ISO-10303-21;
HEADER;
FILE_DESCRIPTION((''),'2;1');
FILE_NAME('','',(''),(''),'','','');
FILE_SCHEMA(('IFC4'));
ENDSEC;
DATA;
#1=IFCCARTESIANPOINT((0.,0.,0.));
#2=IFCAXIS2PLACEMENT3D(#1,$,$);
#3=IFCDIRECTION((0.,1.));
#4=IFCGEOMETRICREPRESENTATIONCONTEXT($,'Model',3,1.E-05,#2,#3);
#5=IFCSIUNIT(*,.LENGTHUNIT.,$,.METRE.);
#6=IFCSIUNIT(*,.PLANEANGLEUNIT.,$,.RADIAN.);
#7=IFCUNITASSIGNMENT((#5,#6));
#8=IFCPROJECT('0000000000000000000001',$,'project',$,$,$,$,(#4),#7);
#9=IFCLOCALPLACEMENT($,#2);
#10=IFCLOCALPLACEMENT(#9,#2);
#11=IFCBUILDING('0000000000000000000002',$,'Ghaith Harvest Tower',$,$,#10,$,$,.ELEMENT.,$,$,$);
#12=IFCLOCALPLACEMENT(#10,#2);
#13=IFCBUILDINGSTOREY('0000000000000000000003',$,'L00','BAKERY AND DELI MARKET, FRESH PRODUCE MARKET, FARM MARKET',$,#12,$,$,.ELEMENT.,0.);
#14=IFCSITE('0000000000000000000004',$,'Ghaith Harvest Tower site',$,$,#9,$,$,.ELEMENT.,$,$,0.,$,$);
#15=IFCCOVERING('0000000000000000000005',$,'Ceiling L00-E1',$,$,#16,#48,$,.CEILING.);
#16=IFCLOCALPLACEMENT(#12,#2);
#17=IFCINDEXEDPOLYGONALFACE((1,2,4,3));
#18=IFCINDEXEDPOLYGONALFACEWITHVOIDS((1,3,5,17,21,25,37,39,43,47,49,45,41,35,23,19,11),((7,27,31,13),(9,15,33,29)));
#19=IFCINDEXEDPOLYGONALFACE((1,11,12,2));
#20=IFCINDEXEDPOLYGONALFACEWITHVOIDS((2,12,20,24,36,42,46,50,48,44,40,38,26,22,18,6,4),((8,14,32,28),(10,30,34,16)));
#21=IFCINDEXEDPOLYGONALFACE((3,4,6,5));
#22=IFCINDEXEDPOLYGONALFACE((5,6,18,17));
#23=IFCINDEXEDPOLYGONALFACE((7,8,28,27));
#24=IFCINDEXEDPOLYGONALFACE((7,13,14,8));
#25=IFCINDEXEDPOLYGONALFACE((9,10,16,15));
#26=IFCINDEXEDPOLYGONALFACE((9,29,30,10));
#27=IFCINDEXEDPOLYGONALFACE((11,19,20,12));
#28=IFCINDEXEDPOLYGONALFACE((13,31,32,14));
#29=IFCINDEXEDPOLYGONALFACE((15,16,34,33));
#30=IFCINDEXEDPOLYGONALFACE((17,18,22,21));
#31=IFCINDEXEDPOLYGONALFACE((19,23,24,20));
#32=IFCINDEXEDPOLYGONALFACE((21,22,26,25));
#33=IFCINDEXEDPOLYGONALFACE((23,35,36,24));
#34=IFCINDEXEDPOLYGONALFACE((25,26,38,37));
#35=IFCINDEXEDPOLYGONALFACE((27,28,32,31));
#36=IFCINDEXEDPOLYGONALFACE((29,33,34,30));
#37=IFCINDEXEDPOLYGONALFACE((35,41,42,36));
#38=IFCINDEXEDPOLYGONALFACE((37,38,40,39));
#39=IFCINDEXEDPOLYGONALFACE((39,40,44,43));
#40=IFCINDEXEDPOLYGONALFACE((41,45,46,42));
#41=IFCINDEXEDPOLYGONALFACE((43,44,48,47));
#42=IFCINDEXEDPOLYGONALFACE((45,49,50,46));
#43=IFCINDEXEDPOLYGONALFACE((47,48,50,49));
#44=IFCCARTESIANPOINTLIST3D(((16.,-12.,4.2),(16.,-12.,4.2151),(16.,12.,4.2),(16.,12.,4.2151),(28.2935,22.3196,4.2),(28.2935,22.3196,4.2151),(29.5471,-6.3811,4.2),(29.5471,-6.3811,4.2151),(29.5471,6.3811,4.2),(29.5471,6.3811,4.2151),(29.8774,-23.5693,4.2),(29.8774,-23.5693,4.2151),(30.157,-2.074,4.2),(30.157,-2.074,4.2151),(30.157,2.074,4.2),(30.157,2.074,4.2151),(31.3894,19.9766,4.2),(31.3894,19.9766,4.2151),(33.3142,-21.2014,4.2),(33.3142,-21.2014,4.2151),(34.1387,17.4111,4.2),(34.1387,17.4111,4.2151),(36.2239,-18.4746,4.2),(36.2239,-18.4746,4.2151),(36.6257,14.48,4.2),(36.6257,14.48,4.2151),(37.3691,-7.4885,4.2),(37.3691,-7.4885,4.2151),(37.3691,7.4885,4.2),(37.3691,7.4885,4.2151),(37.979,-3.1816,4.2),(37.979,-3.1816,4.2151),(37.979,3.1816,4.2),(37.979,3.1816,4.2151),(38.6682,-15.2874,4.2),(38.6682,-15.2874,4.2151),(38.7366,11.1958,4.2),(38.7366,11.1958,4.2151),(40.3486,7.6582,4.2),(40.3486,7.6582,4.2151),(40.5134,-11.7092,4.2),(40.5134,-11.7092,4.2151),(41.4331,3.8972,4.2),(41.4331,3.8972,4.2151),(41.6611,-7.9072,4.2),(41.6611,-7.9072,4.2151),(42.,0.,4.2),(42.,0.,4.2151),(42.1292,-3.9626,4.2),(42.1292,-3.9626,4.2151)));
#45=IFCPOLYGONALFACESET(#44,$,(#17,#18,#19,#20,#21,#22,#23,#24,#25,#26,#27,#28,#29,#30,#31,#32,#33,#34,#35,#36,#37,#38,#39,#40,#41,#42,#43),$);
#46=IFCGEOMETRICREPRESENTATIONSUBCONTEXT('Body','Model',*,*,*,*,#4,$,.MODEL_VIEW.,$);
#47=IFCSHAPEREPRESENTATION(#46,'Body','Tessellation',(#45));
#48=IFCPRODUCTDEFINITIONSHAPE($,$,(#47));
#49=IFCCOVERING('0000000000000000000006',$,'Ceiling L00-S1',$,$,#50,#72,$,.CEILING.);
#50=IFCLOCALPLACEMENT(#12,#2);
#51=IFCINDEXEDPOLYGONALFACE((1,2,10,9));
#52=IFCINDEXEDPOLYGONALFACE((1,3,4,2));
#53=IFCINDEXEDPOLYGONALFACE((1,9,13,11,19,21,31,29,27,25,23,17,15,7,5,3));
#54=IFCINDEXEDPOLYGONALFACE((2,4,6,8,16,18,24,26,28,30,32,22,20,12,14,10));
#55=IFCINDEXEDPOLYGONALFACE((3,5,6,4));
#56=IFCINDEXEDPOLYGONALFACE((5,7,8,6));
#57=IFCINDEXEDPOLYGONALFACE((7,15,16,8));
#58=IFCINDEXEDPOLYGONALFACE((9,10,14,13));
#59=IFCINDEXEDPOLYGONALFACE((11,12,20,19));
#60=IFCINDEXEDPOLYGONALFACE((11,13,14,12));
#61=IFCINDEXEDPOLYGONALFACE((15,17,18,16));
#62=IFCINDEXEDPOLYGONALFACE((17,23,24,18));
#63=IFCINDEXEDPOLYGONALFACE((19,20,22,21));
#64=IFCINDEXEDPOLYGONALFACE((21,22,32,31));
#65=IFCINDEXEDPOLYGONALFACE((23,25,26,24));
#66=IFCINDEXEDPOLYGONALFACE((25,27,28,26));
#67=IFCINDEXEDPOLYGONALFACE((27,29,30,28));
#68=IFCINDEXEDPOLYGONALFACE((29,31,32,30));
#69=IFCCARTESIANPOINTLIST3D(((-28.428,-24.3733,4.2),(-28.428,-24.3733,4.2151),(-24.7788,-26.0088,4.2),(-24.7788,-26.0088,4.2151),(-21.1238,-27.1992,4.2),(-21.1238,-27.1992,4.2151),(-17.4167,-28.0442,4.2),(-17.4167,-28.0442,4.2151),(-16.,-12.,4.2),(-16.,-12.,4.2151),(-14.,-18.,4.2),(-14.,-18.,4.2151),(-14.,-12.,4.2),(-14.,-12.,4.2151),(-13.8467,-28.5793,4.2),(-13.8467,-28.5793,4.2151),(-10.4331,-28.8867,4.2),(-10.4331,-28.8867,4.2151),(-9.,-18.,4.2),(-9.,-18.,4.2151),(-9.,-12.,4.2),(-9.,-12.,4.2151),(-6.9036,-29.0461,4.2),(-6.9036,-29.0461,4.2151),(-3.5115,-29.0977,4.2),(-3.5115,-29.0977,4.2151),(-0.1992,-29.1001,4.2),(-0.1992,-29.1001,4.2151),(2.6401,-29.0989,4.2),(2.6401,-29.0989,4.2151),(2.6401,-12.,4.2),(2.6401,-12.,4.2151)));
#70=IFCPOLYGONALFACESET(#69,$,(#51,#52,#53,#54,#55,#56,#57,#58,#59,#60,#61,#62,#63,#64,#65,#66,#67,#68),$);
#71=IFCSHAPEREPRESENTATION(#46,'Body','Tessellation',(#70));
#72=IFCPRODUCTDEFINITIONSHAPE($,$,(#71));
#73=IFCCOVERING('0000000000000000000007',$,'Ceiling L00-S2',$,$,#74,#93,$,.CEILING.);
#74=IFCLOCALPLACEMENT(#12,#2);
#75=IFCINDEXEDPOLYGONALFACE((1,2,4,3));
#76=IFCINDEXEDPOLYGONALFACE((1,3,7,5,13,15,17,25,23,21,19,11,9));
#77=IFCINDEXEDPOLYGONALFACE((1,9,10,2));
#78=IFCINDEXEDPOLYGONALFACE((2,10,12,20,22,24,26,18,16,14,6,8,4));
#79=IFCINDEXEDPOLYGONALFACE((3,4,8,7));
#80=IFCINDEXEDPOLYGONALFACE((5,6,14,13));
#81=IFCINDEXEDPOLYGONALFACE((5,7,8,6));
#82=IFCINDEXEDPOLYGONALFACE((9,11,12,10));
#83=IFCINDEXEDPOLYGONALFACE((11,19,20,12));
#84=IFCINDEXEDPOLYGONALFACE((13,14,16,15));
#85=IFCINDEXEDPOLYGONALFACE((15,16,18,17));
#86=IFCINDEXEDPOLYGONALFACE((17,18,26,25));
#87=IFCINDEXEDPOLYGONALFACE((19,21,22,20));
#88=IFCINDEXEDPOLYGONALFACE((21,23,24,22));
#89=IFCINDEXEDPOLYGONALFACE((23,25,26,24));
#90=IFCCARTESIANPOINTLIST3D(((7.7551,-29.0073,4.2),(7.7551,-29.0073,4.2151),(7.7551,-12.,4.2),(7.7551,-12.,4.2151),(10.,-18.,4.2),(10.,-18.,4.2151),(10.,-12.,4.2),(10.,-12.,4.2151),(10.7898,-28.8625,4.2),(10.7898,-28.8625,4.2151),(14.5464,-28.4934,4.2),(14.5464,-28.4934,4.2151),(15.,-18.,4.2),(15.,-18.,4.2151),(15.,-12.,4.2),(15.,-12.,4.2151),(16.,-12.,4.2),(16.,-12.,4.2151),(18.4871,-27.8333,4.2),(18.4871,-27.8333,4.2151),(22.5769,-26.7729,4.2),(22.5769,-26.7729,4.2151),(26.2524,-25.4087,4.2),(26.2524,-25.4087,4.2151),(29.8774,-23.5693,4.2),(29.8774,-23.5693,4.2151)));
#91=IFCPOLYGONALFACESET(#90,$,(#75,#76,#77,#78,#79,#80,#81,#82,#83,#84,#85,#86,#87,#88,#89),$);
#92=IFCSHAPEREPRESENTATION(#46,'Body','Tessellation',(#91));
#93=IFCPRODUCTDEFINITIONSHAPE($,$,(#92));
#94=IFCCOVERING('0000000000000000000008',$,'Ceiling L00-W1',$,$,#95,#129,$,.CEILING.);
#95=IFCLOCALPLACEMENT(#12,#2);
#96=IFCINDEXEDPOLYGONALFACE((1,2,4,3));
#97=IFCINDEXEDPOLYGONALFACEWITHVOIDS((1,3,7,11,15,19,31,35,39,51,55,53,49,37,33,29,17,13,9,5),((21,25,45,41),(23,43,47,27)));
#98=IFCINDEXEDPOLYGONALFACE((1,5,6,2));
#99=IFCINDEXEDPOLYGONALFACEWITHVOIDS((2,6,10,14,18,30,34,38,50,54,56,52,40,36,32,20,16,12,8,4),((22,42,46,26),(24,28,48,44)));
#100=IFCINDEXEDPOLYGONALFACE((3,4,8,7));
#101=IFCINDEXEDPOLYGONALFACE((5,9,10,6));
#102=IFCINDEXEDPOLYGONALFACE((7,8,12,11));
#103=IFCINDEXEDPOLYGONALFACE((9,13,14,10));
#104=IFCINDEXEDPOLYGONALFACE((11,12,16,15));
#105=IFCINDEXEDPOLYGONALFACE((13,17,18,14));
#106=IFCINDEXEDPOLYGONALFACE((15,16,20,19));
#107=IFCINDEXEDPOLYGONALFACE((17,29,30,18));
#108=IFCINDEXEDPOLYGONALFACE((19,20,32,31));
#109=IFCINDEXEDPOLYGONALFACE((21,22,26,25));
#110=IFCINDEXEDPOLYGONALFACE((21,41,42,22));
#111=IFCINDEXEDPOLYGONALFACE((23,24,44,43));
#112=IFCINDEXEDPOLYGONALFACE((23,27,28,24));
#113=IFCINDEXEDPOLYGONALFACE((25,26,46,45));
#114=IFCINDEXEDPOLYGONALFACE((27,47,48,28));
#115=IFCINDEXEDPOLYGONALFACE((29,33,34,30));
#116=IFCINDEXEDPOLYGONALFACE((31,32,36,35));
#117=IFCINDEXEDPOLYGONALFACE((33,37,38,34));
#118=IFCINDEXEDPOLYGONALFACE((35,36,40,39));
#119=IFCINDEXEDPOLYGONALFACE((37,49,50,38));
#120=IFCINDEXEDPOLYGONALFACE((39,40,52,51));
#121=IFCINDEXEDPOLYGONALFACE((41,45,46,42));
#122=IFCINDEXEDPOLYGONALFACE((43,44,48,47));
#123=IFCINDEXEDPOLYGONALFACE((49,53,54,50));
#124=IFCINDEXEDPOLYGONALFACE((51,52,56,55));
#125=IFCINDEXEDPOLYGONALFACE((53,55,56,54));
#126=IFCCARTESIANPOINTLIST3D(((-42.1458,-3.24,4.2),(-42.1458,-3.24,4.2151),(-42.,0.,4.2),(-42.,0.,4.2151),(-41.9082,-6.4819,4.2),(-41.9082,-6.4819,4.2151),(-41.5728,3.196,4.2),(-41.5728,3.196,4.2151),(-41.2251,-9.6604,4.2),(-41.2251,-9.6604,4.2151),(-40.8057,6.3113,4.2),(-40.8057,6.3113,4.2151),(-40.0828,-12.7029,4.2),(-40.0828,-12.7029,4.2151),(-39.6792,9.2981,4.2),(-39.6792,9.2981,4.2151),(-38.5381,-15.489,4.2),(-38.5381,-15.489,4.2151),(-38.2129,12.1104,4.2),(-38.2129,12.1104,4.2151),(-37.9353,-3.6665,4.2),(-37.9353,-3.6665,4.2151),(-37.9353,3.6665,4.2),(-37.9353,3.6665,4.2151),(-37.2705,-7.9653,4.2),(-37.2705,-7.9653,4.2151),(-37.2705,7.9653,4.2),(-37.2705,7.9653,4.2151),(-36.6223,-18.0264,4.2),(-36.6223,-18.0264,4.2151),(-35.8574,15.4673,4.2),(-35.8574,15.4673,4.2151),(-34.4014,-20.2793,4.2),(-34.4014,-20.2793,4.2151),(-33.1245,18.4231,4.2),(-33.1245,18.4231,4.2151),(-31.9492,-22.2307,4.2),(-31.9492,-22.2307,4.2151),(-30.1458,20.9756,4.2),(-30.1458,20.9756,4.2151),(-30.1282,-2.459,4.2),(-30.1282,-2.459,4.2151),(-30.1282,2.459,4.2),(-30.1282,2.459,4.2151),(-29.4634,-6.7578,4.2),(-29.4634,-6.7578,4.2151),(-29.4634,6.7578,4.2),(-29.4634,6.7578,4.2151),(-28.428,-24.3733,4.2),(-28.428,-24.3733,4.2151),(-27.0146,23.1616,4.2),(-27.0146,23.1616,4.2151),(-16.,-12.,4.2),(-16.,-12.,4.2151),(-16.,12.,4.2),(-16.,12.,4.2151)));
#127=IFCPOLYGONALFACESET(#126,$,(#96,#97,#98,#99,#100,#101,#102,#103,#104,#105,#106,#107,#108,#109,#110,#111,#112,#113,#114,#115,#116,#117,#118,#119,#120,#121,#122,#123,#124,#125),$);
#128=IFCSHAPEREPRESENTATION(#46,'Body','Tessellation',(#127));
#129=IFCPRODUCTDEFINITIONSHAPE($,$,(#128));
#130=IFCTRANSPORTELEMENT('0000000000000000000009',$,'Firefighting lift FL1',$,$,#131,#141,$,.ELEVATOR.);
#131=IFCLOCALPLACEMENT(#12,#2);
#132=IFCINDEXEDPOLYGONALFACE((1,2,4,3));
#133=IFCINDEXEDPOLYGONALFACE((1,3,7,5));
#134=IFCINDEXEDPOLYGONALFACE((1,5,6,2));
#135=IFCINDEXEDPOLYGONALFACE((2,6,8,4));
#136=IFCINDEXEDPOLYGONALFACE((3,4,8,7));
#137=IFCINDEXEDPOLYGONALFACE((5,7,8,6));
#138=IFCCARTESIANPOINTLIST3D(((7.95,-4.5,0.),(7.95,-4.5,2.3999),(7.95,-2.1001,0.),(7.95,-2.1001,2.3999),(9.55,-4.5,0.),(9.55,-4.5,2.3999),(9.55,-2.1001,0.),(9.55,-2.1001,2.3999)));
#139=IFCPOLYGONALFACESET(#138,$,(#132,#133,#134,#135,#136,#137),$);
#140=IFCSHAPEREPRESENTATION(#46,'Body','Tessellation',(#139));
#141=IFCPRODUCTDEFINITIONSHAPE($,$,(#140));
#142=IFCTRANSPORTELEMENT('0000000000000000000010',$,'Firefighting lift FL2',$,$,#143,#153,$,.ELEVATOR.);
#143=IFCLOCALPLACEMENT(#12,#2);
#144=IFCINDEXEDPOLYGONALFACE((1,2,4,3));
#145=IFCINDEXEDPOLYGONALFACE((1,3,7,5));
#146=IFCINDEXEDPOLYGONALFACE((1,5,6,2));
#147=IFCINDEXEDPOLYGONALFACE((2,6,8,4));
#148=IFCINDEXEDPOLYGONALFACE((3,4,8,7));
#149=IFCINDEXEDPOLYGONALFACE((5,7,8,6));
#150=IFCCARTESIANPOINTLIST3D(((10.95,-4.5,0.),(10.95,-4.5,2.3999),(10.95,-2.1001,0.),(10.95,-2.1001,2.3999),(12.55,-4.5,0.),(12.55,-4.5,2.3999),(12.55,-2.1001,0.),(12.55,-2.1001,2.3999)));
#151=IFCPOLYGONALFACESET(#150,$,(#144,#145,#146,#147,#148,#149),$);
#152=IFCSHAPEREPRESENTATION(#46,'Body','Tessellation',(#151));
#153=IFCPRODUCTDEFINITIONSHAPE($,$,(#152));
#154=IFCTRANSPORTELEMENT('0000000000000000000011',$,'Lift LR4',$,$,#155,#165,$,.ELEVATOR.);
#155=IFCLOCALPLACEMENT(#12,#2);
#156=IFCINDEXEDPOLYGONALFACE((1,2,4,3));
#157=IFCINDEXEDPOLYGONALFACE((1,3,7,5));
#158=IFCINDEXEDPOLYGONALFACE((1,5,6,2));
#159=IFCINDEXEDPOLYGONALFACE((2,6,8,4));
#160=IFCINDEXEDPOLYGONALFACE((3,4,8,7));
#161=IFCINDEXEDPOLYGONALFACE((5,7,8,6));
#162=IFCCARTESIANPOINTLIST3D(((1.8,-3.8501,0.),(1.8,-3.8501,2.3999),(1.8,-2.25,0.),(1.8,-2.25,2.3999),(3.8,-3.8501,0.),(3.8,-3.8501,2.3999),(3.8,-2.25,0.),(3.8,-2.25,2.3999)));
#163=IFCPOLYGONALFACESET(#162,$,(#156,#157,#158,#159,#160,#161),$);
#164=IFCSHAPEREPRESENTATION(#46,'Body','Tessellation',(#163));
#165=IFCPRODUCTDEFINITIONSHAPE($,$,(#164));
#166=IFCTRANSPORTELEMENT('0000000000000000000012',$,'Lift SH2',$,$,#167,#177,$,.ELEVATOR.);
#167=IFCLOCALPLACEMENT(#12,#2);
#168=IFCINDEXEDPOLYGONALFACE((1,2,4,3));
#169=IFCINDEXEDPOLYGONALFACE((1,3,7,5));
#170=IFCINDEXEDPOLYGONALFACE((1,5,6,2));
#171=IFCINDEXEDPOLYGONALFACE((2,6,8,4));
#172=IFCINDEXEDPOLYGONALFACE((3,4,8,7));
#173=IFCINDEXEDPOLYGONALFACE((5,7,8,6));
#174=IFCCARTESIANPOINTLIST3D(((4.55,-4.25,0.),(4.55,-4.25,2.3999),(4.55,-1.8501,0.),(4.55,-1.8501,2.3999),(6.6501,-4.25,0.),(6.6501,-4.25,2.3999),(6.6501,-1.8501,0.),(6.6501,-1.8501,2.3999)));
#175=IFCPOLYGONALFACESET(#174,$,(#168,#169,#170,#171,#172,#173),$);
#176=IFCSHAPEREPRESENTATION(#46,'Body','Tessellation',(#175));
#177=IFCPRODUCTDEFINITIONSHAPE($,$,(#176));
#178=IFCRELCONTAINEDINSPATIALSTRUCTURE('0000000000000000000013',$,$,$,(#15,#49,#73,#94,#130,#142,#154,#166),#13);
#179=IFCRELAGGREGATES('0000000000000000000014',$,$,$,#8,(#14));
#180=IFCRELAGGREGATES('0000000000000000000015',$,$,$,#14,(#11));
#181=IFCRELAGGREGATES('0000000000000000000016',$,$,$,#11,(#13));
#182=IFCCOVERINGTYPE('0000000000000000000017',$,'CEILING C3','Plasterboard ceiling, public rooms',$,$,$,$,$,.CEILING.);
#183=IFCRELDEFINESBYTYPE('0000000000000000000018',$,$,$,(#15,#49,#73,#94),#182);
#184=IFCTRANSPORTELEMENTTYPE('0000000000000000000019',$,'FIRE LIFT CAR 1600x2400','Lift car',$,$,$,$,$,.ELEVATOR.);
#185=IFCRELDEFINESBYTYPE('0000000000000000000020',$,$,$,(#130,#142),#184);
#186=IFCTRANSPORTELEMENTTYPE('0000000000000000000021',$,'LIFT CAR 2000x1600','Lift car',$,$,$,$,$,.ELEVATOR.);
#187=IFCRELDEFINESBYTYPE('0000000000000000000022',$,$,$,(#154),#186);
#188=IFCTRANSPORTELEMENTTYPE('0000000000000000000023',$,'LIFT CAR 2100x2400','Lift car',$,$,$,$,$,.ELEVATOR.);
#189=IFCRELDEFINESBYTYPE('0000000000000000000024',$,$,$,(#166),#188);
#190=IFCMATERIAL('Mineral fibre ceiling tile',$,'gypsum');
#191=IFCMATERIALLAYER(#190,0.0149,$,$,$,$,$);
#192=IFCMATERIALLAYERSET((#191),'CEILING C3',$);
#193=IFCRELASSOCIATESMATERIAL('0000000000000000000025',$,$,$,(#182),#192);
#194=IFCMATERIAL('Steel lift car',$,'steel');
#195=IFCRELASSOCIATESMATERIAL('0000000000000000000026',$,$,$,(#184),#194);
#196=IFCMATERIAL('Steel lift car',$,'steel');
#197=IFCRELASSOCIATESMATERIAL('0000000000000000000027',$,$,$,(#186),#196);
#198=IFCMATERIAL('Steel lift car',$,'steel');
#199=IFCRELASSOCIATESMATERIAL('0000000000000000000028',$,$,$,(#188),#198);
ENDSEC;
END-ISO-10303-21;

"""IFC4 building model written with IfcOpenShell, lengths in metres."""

from ifc_helpers import new_model, si_unit, direction, frame, origin, origin_2d, place, context, subcontext, project, spatial, polyline, rectangle, outline, extrude, material, layer, layer_set, type_object, element, save


model = new_model("IFC4")

# Units and contexts
model_context = context("Model", 3, precision=1e-05, world=origin(), true_north=direction((0.0, 1.0)))
body_context = subcontext(model_context, "Body", "Model", "MODEL_VIEW")
ifc_project = project(units=[si_unit("LENGTHUNIT", "METRE"), si_unit("PLANEANGLEUNIT", "RADIAN")], contexts=[model_context])

# Site, building, storey
site_placement = place(None, origin())
site = spatial("IfcSite", under=ifc_project, at=site_placement, Name="Ghaith Harvest Tower site", CompositionType="ELEMENT", RefElevation=0.0)
building_placement = place(site_placement, origin())
building = spatial("IfcBuilding", under=site, at=building_placement, Name="Ghaith Harvest Tower", CompositionType="ELEMENT")
storey_placement = place(building_placement, origin())
storey = spatial("IfcBuildingStorey", under=building, at=storey_placement, Name="L00", Description="BAKERY AND DELI MARKET, FRESH PRODUCE MARKET, FARM MARKET", CompositionType="ELEMENT", Elevation=0.0)

# Coverings
ifc_material_1 = material(Name="Mineral fibre ceiling tile", Category="gypsum")
ifc_layer_1 = layer(ifc_material_1, 0.0149)
ifc_layer_set_1 = layer_set([ifc_layer_1], Name="CEILING C3")
covering_type = type_object("IfcCoveringType", Name="CEILING C3", Description="Plasterboard ceiling, public rooms", PredefinedType="CEILING", material=ifc_layer_set_1)
covering_1_placement = place(storey_placement, frame((0.0, 0.0, 4.2)))
element("IfcCovering", 1, at=covering_1_placement, inside=storey, type_object=covering_type, Name="Ceiling L00-E1", PredefinedType="CEILING", context=body_context, shape_type="SweptSolid", body=[
    extrude(outline(polyline([(16.0, -12.0), (16.0, 12.0), (28.2935, 22.3196), (31.3894, 19.9766), (34.1387, 17.4111), (36.6257, 14.48), (38.7366, 11.1958), (40.3486, 7.6582), (41.4331, 3.8972), (42.0, 0.0), (42.1292, -3.9626), (41.6611, -7.9072), (40.5134, -11.7092), (38.6682, -15.2874), (36.2239, -18.4746), (33.3142, -21.2014), (29.8774, -23.5693), (16.0, -12.0)]), holes=[polyline([(29.5471, 6.3811), (30.157, 2.074), (37.979, 3.1816), (37.3691, 7.4885), (29.5471, 6.3811)]), polyline([(29.5471, -6.3811), (37.3691, -7.4885), (37.979, -3.1816), (30.157, -2.074), (29.5471, -6.3811)])]), origin(), (0.0, 0.0, 1.0), 0.0151),
])
covering_2_placement = place(storey_placement, frame((0.0, 0.0, 4.2)))
element("IfcCovering", 2, at=covering_2_placement, inside=storey, type_object=covering_type, Name="Ceiling L00-S1", PredefinedType="CEILING", context=body_context, shape_type="SweptSolid", body=[
    extrude(outline(polyline([(-14.0, -18.0), (-9.0, -18.0), (-9.0, -12.0), (2.6401, -12.0), (2.6401, -29.0989), (-0.1992, -29.1001), (-3.5115, -29.0977), (-6.9036, -29.0461), (-10.4331, -28.8867), (-13.8467, -28.5793), (-17.4167, -28.0442), (-21.1238, -27.1992), (-24.7788, -26.0088), (-28.428, -24.3733), (-16.0, -12.0), (-14.0, -12.0), (-14.0, -18.0)])), origin(), (0.0, 0.0, 1.0), 0.0151),
])
covering_3_placement = place(storey_placement, frame((0.0, 0.0, 4.2)))
element("IfcCovering", 3, at=covering_3_placement, inside=storey, type_object=covering_type, Name="Ceiling L00-S2", PredefinedType="CEILING", context=body_context, shape_type="SweptSolid", body=[
    extrude(outline(polyline([(7.7551, -29.0073), (7.7551, -12.0), (10.0, -12.0), (10.0, -18.0), (15.0, -18.0), (15.0, -12.0), (16.0, -12.0), (29.8774, -23.5693), (26.2524, -25.4087), (22.5769, -26.7729), (18.4871, -27.8333), (14.5464, -28.4934), (10.7898, -28.8625), (7.7551, -29.0073)])), origin(), (0.0, 0.0, 1.0), 0.0151),
])
covering_4_placement = place(storey_placement, frame((0.0, 0.0, 4.2)))
element("IfcCovering", 4, at=covering_4_placement, inside=storey, type_object=covering_type, Name="Ceiling L00-W1", PredefinedType="CEILING", context=body_context, shape_type="SweptSolid", body=[
    extrude(outline(polyline([(-16.0, 12.0), (-16.0, -12.0), (-28.428, -24.3733), (-31.9492, -22.2307), (-34.4014, -20.2793), (-36.6223, -18.0264), (-38.5381, -15.489), (-40.0828, -12.7029), (-41.2251, -9.6604), (-41.9082, -6.4819), (-42.1458, -3.24), (-42.0, 0.0), (-41.5728, 3.196), (-40.8057, 6.3113), (-39.6792, 9.2981), (-38.2129, 12.1104), (-35.8574, 15.4673), (-33.1245, 18.4231), (-30.1458, 20.9756), (-27.0146, 23.1616), (-16.0, 12.0)]), holes=[polyline([(-37.9353, 3.6665), (-30.1282, 2.459), (-29.4634, 6.7578), (-37.2705, 7.9653), (-37.9353, 3.6665)]), polyline([(-37.9353, -3.6665), (-37.2705, -7.9653), (-29.4634, -6.7578), (-30.1282, -2.459), (-37.9353, -3.6665)])]), origin(), (0.0, 0.0, 1.0), 0.0151),
])

# Transport elements
ifc_material_2 = material(Name="Steel lift car", Category="steel")
transport_element_type_1 = type_object("IfcTransportElementType", Name="FIRE LIFT CAR 1600x2400", Description="Lift car", PredefinedType="ELEVATOR", material=ifc_material_2)
for number, where, z_axis, x_axis, name in (
    (5, (8.75, -3.3, 0.0), (0.0, 0.0, 1.0), (1.0, 0.0, 0.0), "Firefighting lift FL1"),
    (6, (11.75, -3.3, 0.0), (0.0, 0.0, 1.0), (1.0, 0.0, 0.0), "Firefighting lift FL2"),
):
    element("IfcTransportElement", number, at=place(storey_placement, frame(where, z_axis=z_axis, x_axis=x_axis)), inside=storey, type_object=transport_element_type_1, Name=name, PredefinedType="ELEVATOR", context=body_context, shape_type="SweptSolid", body=[
        extrude(rectangle(XDim=1.6001, YDim=2.3999, at=origin_2d()), origin(), (0.0, 0.0, 1.0), 2.3999),
    ])
ifc_material_3 = material(Name="Steel lift car", Category="steel")
transport_element_type_2 = type_object("IfcTransportElementType", Name="LIFT CAR 2000x1600", Description="Lift car", PredefinedType="ELEVATOR", material=ifc_material_3)
transport_element_1_placement = place(storey_placement, frame((2.8, -3.05, 0.0), z_axis=(0.0, 0.0, 1.0), x_axis=(1.0, 0.0, 0.0)))
element("IfcTransportElement", 7, at=transport_element_1_placement, inside=storey, type_object=transport_element_type_2, Name="Lift LR4", PredefinedType="ELEVATOR", context=body_context, shape_type="SweptSolid", body=[
    extrude(rectangle(XDim=2.0, YDim=1.6001, at=origin_2d()), origin(), (0.0, 0.0, 1.0), 2.3999),
])
ifc_material_4 = material(Name="Steel lift car", Category="steel")
transport_element_type_3 = type_object("IfcTransportElementType", Name="LIFT CAR 2100x2400", Description="Lift car", PredefinedType="ELEVATOR", material=ifc_material_4)
transport_element_2_placement = place(storey_placement, frame((5.6001, -3.05, 0.0), z_axis=(0.0, 0.0, 1.0), x_axis=(1.0, 0.0, 0.0)))
element("IfcTransportElement", 8, at=transport_element_2_placement, inside=storey, type_object=transport_element_type_3, Name="Lift SH2", PredefinedType="ELEVATOR", context=body_context, shape_type="SweptSolid", body=[
    extrude(rectangle(XDim=2.1001, YDim=2.3999, at=origin_2d()), origin(), (0.0, 0.0, 1.0), 2.3999),
])

save(model, "model.ifc")
